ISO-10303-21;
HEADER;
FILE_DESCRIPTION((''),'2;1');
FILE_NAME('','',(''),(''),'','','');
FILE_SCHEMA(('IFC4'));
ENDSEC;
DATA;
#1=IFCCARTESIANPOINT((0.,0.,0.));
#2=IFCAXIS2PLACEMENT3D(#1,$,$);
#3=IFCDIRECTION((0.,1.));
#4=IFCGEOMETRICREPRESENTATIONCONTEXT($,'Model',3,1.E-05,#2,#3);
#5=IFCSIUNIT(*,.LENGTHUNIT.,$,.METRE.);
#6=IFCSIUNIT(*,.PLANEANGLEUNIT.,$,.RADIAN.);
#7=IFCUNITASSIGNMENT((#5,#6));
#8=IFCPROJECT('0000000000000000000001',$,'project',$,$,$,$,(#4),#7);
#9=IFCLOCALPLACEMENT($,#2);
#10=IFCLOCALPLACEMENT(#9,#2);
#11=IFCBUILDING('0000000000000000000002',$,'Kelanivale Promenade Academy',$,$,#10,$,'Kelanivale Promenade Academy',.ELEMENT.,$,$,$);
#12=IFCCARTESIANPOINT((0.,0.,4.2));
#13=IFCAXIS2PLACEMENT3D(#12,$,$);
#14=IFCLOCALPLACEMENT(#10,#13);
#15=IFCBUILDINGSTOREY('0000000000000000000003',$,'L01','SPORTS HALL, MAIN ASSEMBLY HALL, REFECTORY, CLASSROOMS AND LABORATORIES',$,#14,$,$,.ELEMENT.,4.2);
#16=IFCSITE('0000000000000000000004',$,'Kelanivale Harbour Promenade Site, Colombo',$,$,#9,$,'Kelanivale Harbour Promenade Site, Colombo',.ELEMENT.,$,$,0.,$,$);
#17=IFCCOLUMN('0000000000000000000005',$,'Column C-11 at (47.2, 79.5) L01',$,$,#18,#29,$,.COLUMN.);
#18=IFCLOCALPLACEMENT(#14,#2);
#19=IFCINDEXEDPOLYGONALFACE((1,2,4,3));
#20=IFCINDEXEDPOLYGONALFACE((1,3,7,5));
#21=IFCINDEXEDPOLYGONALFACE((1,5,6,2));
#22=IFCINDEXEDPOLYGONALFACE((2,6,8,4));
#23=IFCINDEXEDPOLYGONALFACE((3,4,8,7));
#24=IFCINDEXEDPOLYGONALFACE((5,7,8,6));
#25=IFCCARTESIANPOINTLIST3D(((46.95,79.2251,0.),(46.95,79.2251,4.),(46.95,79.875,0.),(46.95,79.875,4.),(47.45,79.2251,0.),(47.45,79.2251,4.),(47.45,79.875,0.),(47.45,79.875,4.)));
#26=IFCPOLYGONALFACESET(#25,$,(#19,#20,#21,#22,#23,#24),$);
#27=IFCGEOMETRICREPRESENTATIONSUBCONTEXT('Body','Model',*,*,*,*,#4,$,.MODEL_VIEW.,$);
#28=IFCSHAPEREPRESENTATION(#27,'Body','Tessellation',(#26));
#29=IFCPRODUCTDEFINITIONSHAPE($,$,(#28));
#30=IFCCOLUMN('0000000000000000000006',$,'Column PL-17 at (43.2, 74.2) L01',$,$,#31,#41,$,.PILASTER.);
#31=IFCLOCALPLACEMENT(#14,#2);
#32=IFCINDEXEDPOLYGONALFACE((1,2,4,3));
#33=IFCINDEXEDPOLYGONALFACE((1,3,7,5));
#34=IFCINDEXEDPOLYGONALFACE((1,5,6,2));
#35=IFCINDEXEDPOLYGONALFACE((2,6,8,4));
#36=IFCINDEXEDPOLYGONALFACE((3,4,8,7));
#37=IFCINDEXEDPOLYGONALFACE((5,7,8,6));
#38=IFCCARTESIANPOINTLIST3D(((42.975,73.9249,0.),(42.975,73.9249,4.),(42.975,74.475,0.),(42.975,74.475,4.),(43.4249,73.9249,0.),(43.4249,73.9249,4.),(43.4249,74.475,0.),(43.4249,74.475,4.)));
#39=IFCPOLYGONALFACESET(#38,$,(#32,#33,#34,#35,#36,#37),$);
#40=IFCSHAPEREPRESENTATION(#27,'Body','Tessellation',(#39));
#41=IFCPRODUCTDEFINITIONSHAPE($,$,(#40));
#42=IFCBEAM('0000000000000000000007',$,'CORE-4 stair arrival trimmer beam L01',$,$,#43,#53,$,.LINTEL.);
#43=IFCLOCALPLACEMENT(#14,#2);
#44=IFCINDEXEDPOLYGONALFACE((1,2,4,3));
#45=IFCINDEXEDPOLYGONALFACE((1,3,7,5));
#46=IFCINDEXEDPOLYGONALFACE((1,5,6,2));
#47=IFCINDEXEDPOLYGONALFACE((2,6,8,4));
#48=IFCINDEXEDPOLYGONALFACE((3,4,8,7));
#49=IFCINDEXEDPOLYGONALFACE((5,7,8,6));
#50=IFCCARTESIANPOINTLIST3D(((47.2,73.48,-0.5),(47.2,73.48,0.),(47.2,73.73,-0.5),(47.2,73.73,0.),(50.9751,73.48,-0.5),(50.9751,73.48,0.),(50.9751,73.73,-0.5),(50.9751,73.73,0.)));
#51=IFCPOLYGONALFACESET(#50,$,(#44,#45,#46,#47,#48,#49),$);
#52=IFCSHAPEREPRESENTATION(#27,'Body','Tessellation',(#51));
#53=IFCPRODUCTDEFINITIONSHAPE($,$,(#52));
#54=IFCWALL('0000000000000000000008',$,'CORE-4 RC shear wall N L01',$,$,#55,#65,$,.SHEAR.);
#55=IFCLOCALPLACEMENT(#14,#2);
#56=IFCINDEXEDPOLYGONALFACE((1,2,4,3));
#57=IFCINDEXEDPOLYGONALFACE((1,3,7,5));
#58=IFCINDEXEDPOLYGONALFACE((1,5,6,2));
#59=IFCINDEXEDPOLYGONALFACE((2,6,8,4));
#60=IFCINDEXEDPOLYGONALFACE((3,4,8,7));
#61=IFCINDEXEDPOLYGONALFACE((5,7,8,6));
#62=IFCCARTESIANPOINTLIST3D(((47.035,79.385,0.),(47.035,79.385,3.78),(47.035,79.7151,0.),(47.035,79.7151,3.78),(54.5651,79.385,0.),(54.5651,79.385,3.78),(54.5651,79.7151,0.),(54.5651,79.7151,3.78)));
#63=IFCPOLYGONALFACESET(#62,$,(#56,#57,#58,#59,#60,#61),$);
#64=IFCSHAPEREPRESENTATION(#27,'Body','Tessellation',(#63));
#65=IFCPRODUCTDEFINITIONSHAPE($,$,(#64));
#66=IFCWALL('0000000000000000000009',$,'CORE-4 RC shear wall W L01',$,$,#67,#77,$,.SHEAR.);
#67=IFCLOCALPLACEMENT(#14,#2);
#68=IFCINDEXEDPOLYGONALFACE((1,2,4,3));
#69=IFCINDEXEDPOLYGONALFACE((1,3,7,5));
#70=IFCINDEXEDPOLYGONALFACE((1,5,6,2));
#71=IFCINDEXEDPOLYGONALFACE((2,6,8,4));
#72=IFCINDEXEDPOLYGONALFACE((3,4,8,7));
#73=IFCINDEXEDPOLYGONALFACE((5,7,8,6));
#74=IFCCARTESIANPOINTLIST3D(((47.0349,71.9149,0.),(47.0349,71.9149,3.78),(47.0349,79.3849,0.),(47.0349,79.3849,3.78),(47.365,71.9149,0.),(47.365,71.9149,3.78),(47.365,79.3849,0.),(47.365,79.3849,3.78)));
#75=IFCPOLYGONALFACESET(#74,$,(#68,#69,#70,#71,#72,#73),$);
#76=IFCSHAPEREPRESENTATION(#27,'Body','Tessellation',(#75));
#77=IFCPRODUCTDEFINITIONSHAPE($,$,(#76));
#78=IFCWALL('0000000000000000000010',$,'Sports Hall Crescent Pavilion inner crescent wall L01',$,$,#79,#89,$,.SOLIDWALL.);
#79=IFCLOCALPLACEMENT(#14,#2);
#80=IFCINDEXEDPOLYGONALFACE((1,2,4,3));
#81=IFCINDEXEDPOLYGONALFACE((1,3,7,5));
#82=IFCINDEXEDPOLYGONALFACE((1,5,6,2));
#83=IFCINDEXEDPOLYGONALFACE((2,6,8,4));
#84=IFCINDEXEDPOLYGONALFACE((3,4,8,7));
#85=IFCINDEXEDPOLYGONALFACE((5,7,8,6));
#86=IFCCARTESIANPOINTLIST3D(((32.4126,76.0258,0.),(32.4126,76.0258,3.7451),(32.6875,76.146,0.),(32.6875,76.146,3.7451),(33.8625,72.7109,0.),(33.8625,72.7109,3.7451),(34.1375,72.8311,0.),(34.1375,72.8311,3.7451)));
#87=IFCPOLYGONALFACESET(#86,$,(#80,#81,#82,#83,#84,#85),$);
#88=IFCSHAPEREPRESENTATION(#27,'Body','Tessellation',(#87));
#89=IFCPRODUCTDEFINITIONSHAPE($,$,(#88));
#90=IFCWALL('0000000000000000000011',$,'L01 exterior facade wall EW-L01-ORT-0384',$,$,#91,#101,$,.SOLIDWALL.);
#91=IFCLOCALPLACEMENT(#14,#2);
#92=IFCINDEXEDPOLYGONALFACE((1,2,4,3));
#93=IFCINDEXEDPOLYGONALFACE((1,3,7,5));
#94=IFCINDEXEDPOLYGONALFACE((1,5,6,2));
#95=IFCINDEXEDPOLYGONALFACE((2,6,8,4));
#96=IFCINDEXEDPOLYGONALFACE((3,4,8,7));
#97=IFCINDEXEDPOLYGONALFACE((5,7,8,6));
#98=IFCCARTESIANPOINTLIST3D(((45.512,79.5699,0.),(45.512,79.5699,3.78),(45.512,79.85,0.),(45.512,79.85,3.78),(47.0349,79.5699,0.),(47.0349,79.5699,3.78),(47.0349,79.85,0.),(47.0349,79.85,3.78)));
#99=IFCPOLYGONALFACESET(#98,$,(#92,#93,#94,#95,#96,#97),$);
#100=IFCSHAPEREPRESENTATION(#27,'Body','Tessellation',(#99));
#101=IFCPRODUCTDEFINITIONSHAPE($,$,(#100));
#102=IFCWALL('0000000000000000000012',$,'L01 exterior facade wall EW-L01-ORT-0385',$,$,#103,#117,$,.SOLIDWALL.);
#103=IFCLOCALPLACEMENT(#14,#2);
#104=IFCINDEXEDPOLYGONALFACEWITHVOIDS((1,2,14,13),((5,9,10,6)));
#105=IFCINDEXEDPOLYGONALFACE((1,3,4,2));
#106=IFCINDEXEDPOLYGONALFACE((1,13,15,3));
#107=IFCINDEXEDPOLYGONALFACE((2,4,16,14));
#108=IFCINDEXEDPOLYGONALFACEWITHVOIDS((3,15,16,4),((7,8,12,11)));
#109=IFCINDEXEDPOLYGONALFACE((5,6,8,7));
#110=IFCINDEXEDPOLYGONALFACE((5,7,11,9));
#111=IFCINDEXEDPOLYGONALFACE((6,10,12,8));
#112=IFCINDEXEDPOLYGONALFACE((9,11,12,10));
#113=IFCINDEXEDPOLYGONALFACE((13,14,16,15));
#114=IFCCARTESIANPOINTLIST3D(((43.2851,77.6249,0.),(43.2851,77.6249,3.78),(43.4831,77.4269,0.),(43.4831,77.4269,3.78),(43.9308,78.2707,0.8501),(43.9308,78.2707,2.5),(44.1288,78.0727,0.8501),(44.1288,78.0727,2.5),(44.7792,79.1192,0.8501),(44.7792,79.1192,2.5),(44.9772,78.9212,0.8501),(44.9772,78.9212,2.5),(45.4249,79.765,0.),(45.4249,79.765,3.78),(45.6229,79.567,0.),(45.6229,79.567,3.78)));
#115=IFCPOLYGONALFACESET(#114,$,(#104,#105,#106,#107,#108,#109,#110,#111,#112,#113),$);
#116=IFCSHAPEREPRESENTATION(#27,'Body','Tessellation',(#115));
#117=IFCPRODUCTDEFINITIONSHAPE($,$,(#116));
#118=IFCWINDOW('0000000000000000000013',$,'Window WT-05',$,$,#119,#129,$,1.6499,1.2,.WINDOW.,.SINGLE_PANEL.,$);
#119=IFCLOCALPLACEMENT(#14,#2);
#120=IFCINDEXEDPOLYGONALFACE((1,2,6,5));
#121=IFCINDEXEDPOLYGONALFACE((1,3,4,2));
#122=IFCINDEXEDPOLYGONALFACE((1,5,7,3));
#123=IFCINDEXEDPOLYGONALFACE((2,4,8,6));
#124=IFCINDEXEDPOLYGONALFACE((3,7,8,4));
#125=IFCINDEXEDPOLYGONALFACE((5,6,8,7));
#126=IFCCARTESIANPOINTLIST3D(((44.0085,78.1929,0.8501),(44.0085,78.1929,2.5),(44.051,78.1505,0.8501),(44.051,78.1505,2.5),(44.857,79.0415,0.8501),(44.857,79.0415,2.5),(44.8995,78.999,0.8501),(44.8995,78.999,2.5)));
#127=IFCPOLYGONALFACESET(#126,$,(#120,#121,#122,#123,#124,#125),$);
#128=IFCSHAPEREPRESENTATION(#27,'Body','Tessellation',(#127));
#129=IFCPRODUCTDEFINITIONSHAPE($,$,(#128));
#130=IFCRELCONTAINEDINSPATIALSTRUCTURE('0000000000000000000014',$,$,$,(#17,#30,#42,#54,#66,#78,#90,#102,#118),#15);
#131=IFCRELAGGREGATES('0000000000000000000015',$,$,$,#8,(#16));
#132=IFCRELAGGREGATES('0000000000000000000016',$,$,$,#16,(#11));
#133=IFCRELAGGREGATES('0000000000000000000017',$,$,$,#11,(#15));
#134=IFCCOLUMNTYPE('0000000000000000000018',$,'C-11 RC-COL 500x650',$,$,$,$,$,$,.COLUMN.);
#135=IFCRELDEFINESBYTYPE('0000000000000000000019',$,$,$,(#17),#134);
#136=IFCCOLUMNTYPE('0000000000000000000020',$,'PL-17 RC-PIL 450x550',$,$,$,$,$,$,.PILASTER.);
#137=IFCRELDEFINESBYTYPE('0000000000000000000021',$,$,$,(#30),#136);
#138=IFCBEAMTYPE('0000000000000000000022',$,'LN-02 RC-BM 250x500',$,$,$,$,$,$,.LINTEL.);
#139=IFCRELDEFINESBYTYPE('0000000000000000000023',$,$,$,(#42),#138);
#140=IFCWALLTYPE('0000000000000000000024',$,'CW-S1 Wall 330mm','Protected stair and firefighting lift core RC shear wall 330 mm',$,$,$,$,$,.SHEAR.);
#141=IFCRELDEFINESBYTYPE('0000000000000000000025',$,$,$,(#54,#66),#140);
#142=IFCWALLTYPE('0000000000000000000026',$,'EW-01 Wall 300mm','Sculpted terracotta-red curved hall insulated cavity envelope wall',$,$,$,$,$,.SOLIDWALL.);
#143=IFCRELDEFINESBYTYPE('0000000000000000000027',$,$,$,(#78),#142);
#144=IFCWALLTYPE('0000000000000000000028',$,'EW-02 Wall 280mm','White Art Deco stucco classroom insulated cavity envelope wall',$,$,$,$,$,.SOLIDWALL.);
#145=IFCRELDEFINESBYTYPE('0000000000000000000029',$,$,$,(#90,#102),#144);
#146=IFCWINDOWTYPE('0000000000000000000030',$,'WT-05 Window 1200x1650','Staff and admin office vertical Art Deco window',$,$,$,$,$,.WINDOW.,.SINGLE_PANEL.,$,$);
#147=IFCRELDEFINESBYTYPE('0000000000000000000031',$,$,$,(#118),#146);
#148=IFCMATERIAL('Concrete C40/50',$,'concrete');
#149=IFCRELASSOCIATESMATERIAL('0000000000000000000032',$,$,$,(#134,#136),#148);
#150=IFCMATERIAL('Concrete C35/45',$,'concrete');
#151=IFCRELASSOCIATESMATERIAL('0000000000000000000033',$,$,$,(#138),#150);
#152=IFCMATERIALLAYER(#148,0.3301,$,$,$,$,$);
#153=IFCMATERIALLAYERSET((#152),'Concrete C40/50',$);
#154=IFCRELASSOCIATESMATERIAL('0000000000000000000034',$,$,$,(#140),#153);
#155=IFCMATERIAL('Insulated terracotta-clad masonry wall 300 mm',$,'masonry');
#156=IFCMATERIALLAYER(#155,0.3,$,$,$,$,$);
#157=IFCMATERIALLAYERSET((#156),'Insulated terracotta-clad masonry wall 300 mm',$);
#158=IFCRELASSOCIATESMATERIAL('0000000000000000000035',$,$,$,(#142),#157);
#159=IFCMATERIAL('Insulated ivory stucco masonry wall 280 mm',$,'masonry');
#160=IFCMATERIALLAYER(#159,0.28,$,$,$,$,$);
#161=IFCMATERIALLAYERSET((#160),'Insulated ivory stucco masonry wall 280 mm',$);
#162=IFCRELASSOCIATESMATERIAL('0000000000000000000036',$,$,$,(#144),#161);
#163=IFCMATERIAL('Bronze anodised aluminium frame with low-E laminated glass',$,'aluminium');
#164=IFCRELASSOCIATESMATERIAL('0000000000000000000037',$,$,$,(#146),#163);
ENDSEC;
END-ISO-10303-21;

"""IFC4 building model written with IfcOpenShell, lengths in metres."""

from ifc_helpers import new_model, si_unit, direction, frame, frame_2d, origin, origin_2d, place, context, subcontext, project, spatial, rectangle, extrude, material, layer, layer_set, material_profile, profile_set, type_object, element, fill, save


model = new_model("IFC4")

# Units and contexts
model_context = context("Model", 3, precision=1e-05, world=origin(), true_north=direction((0.0, 1.0)))
body_context = subcontext(model_context, "Body", "Model", "MODEL_VIEW")
ifc_project = project(units=[si_unit("LENGTHUNIT", "METRE"), si_unit("PLANEANGLEUNIT", "RADIAN")], contexts=[model_context])

# Site, building, storey
site_placement = place(None, origin())
site = spatial("IfcSite", under=ifc_project, at=site_placement, Name="Kelanivale Harbour Promenade Site, Colombo", LongName="Kelanivale Harbour Promenade Site, Colombo", CompositionType="ELEMENT", RefElevation=0.0)
building_placement = place(site_placement, origin())
building = spatial("IfcBuilding", under=site, at=building_placement, Name="Kelanivale Promenade Academy", LongName="Kelanivale Promenade Academy", CompositionType="ELEMENT")
storey_placement = place(building_placement, frame((0.0, 0.0, 4.2)))
storey = spatial("IfcBuildingStorey", under=building, at=storey_placement, Name="L01", Description="SPORTS HALL, MAIN ASSEMBLY HALL, REFECTORY, CLASSROOMS AND LABORATORIES", CompositionType="ELEMENT", Elevation=4.2)

# Columns
ifc_material_1 = material(Name="Concrete C40/50", Category="concrete")
ifc_material_profile_1 = material_profile(ifc_material_1, rectangle(XDim=0.5, YDim=0.6499, at=origin_2d()), Name="RC-COL 500x650")
ifc_profile_set_1 = profile_set([ifc_material_profile_1], Name="Concrete C40/50")
column_type_1 = type_object("IfcColumnType", Name="C-11 RC-COL 500x650", PredefinedType="COLUMN", material=ifc_profile_set_1)
column_1_placement = place(storey_placement, frame((47.2, 79.55, 0.0), z_axis=(0.0, 0.0, 1.0), x_axis=(1.0, 0.0, 0.0)))
element("IfcColumn", 1, at=column_1_placement, inside=storey, type_object=column_type_1, Name="Column C-11 at (47.2, 79.5) L01", PredefinedType="COLUMN", context=body_context, shape_type="SweptSolid", body=[
    extrude(rectangle(XDim=0.5, YDim=0.6499, at=origin_2d()), origin(), (0.0, 0.0, 1.0), 4.0),
])
ifc_material_profile_2 = material_profile(ifc_material_1, rectangle(XDim=0.45, YDim=0.55, at=origin_2d()), Name="RC-PIL 450x550")
ifc_profile_set_2 = profile_set([ifc_material_profile_2], Name="Concrete C40/50")
column_type_2 = type_object("IfcColumnType", Name="PL-17 RC-PIL 450x550", PredefinedType="PILASTER", material=ifc_profile_set_2)
column_2_placement = place(storey_placement, frame((43.2, 74.2, 0.0), z_axis=(0.0, 0.0, 1.0), x_axis=(1.0, 0.0, 0.0)))
element("IfcColumn", 2, at=column_2_placement, inside=storey, type_object=column_type_2, Name="Column PL-17 at (43.2, 74.2) L01", PredefinedType="PILASTER", context=body_context, shape_type="SweptSolid", body=[
    extrude(rectangle(XDim=0.45, YDim=0.55, at=origin_2d()), origin(), (0.0, 0.0, 1.0), 4.0),
])

# Beam
ifc_material_2 = material(Name="Concrete C35/45", Category="concrete")
ifc_material_profile_3 = material_profile(ifc_material_2, rectangle(XDim=0.25, YDim=0.5, at=origin_2d()), Name="RC-BM 250x500")
ifc_profile_set_3 = profile_set([ifc_material_profile_3], Name="Concrete C35/45")
beam_type = type_object("IfcBeamType", Name="LN-02 RC-BM 250x500", PredefinedType="LINTEL", material=ifc_profile_set_3)
beam_placement = place(storey_placement, frame((47.2, 73.605, -0.25), z_axis=(1.0, 0.0, 0.0), x_axis=(0.0, 1.0, 0.0)))
element("IfcBeam", 3, at=beam_placement, inside=storey, type_object=beam_type, Name="CORE-4 stair arrival trimmer beam L01", PredefinedType="LINTEL", context=body_context, shape_type="SweptSolid", body=[
    extrude(rectangle(XDim=0.25, YDim=0.5, at=origin_2d()), origin(), (0.0, 0.0, 1.0), 3.7751),
])

# Walls
ifc_layer_1 = layer(ifc_material_1, 0.3301)
ifc_layer_set_1 = layer_set([ifc_layer_1], Name="Concrete C40/50")
wall_type_1 = type_object("IfcWallType", Name="CW-S1 Wall 330mm", Description="Protected stair and firefighting lift core RC shear wall 330 mm", PredefinedType="SHEAR", material=ifc_layer_set_1)
wall_1_placement = place(storey_placement, frame((47.0349, 79.55, 0.0), z_axis=(0.0, 0.0, 1.0), x_axis=(1.0, 0.0, 0.0)))
element("IfcWall", 4, at=wall_1_placement, inside=storey, type_object=wall_type_1, Name="CORE-4 RC shear wall N L01", PredefinedType="SHEAR", context=body_context, shape_type="SweptSolid", body=[
    extrude(rectangle(XDim=7.53, YDim=0.3301, at=frame_2d((3.7651, 0.0))), origin(), (0.0, 0.0, 1.0), 3.78),
])
wall_2_placement = place(storey_placement, frame((47.2, 71.915, 0.0), z_axis=(0.0, 0.0, 1.0), x_axis=(0.0, 1.0, 0.0)))
element("IfcWall", 5, at=wall_2_placement, inside=storey, type_object=wall_type_1, Name="CORE-4 RC shear wall W L01", PredefinedType="SHEAR", context=body_context, shape_type="SweptSolid", body=[
    extrude(rectangle(XDim=7.47, YDim=0.3301, at=frame_2d((3.7349, 0.0))), origin(), (0.0, 0.0, 1.0), 3.78),
])
ifc_material_3 = material(Name="Insulated terracotta-clad masonry wall 300 mm", Category="masonry")
ifc_layer_2 = layer(ifc_material_3, 0.3)
ifc_layer_set_2 = layer_set([ifc_layer_2], Name="Insulated terracotta-clad masonry wall 300 mm")
wall_type_2 = type_object("IfcWallType", Name="EW-01 Wall 300mm", Description="Sculpted terracotta-red curved hall insulated cavity envelope wall", PredefinedType="SOLIDWALL", material=ifc_layer_set_2)
wall_3_placement = place(storey_placement, frame((34.0, 72.771, 0.0), z_axis=(0.0, 0.0, 1.0), x_axis=(-0.400741, 0.916191, 0.0)))
element("IfcWall", 6, at=wall_3_placement, inside=storey, type_object=wall_type_2, Name="Sports Hall Crescent Pavilion inner crescent wall L01", PredefinedType="SOLIDWALL", context=body_context, shape_type="SweptSolid", body=[
    extrude(rectangle(XDim=3.6182, YDim=0.3, at=frame_2d((1.8091, 0.0))), origin(), (0.0, 0.0, 1.0), 3.7451),
])
ifc_material_4 = material(Name="Insulated ivory stucco masonry wall 280 mm", Category="masonry")
ifc_layer_3 = layer(ifc_material_4, 0.28)
ifc_layer_set_3 = layer_set([ifc_layer_3], Name="Insulated ivory stucco masonry wall 280 mm")
wall_type_3 = type_object("IfcWallType", Name="EW-02 Wall 280mm", Description="White Art Deco stucco classroom insulated cavity envelope wall", PredefinedType="SOLIDWALL", material=ifc_layer_set_3)
wall_4_placement = place(storey_placement, frame((47.0349, 79.71, 0.0), z_axis=(0.0, 0.0, 1.0), x_axis=(-1.0, 0.0, 0.0)))
element("IfcWall", 7, at=wall_4_placement, inside=storey, type_object=wall_type_3, Name="L01 exterior facade wall EW-L01-ORT-0384", PredefinedType="SOLIDWALL", context=body_context, shape_type="SweptSolid", body=[
    extrude(rectangle(XDim=1.5229, YDim=0.28, at=frame_2d((0.7615, 0.0))), origin(), (0.0, 0.0, 1.0), 3.78),
])

# Wall, opening, window
wall_5_placement = place(storey_placement, frame((45.5239, 79.666, 0.0), z_axis=(0.0, 0.0, 1.0), x_axis=(-0.707066, -0.707147, 0.0)))
wall_5 = element("IfcWall", 8, at=wall_5_placement, inside=storey, type_object=wall_type_3, Name="L01 exterior facade wall EW-L01-ORT-0385", PredefinedType="SOLIDWALL", context=body_context, shape_type="SweptSolid", body=[
    extrude(rectangle(XDim=3.0264, YDim=0.28, at=frame_2d((1.5132, 0.0))), origin(), (0.0, 0.0, 1.0), 3.78),
])
opening_1_placement = place(wall_5_placement, frame((0.9131, 0.0, 0.8501)))
opening_1 = element("IfcOpeningElement", 9, at=opening_1_placement, cuts=wall_5, PredefinedType="OPENING", context=body_context, shape_type="SweptSolid", body=[
    extrude(rectangle(XDim=1.2, YDim=1.6499, at=frame_2d((0.6001, 0.825))), frame((0.0, 0.1499, 0.0), z_axis=(0.0, -1.0, 0.0), x_axis=(1.0, 0.0, 0.0)), (0.0, 0.0, 1.0), 0.3),
])
ifc_material_5 = material(Name="Bronze anodised aluminium frame with low-E laminated glass", Category="aluminium")
window_type_1 = type_object("IfcWindowType", Name="WT-05 Window 1200x1650", Description="Staff and admin office vertical Art Deco window", PartitioningType="SINGLE_PANEL", PredefinedType="WINDOW", material=ifc_material_5)
window_1_placement = place(opening_1_placement, origin())
window_1 = element("IfcWindow", 10, at=window_1_placement, inside=storey, type_object=window_type_1, Name="Window WT-05", OverallHeight=1.6499, OverallWidth=1.2, PartitioningType="SINGLE_PANEL", PredefinedType="WINDOW", context=body_context, shape_type="SweptSolid", body=[
    extrude(rectangle(XDim=1.2, YDim=1.6499, at=frame_2d((0.6001, 0.825))), frame((0.0, 0.03, 0.0), z_axis=(0.0, -1.0, 0.0), x_axis=(1.0, 0.0, 0.0)), (0.0, 0.0, 1.0), 0.0601),
])
fill(opening_1, window_1)

save(model, "model.ifc")
